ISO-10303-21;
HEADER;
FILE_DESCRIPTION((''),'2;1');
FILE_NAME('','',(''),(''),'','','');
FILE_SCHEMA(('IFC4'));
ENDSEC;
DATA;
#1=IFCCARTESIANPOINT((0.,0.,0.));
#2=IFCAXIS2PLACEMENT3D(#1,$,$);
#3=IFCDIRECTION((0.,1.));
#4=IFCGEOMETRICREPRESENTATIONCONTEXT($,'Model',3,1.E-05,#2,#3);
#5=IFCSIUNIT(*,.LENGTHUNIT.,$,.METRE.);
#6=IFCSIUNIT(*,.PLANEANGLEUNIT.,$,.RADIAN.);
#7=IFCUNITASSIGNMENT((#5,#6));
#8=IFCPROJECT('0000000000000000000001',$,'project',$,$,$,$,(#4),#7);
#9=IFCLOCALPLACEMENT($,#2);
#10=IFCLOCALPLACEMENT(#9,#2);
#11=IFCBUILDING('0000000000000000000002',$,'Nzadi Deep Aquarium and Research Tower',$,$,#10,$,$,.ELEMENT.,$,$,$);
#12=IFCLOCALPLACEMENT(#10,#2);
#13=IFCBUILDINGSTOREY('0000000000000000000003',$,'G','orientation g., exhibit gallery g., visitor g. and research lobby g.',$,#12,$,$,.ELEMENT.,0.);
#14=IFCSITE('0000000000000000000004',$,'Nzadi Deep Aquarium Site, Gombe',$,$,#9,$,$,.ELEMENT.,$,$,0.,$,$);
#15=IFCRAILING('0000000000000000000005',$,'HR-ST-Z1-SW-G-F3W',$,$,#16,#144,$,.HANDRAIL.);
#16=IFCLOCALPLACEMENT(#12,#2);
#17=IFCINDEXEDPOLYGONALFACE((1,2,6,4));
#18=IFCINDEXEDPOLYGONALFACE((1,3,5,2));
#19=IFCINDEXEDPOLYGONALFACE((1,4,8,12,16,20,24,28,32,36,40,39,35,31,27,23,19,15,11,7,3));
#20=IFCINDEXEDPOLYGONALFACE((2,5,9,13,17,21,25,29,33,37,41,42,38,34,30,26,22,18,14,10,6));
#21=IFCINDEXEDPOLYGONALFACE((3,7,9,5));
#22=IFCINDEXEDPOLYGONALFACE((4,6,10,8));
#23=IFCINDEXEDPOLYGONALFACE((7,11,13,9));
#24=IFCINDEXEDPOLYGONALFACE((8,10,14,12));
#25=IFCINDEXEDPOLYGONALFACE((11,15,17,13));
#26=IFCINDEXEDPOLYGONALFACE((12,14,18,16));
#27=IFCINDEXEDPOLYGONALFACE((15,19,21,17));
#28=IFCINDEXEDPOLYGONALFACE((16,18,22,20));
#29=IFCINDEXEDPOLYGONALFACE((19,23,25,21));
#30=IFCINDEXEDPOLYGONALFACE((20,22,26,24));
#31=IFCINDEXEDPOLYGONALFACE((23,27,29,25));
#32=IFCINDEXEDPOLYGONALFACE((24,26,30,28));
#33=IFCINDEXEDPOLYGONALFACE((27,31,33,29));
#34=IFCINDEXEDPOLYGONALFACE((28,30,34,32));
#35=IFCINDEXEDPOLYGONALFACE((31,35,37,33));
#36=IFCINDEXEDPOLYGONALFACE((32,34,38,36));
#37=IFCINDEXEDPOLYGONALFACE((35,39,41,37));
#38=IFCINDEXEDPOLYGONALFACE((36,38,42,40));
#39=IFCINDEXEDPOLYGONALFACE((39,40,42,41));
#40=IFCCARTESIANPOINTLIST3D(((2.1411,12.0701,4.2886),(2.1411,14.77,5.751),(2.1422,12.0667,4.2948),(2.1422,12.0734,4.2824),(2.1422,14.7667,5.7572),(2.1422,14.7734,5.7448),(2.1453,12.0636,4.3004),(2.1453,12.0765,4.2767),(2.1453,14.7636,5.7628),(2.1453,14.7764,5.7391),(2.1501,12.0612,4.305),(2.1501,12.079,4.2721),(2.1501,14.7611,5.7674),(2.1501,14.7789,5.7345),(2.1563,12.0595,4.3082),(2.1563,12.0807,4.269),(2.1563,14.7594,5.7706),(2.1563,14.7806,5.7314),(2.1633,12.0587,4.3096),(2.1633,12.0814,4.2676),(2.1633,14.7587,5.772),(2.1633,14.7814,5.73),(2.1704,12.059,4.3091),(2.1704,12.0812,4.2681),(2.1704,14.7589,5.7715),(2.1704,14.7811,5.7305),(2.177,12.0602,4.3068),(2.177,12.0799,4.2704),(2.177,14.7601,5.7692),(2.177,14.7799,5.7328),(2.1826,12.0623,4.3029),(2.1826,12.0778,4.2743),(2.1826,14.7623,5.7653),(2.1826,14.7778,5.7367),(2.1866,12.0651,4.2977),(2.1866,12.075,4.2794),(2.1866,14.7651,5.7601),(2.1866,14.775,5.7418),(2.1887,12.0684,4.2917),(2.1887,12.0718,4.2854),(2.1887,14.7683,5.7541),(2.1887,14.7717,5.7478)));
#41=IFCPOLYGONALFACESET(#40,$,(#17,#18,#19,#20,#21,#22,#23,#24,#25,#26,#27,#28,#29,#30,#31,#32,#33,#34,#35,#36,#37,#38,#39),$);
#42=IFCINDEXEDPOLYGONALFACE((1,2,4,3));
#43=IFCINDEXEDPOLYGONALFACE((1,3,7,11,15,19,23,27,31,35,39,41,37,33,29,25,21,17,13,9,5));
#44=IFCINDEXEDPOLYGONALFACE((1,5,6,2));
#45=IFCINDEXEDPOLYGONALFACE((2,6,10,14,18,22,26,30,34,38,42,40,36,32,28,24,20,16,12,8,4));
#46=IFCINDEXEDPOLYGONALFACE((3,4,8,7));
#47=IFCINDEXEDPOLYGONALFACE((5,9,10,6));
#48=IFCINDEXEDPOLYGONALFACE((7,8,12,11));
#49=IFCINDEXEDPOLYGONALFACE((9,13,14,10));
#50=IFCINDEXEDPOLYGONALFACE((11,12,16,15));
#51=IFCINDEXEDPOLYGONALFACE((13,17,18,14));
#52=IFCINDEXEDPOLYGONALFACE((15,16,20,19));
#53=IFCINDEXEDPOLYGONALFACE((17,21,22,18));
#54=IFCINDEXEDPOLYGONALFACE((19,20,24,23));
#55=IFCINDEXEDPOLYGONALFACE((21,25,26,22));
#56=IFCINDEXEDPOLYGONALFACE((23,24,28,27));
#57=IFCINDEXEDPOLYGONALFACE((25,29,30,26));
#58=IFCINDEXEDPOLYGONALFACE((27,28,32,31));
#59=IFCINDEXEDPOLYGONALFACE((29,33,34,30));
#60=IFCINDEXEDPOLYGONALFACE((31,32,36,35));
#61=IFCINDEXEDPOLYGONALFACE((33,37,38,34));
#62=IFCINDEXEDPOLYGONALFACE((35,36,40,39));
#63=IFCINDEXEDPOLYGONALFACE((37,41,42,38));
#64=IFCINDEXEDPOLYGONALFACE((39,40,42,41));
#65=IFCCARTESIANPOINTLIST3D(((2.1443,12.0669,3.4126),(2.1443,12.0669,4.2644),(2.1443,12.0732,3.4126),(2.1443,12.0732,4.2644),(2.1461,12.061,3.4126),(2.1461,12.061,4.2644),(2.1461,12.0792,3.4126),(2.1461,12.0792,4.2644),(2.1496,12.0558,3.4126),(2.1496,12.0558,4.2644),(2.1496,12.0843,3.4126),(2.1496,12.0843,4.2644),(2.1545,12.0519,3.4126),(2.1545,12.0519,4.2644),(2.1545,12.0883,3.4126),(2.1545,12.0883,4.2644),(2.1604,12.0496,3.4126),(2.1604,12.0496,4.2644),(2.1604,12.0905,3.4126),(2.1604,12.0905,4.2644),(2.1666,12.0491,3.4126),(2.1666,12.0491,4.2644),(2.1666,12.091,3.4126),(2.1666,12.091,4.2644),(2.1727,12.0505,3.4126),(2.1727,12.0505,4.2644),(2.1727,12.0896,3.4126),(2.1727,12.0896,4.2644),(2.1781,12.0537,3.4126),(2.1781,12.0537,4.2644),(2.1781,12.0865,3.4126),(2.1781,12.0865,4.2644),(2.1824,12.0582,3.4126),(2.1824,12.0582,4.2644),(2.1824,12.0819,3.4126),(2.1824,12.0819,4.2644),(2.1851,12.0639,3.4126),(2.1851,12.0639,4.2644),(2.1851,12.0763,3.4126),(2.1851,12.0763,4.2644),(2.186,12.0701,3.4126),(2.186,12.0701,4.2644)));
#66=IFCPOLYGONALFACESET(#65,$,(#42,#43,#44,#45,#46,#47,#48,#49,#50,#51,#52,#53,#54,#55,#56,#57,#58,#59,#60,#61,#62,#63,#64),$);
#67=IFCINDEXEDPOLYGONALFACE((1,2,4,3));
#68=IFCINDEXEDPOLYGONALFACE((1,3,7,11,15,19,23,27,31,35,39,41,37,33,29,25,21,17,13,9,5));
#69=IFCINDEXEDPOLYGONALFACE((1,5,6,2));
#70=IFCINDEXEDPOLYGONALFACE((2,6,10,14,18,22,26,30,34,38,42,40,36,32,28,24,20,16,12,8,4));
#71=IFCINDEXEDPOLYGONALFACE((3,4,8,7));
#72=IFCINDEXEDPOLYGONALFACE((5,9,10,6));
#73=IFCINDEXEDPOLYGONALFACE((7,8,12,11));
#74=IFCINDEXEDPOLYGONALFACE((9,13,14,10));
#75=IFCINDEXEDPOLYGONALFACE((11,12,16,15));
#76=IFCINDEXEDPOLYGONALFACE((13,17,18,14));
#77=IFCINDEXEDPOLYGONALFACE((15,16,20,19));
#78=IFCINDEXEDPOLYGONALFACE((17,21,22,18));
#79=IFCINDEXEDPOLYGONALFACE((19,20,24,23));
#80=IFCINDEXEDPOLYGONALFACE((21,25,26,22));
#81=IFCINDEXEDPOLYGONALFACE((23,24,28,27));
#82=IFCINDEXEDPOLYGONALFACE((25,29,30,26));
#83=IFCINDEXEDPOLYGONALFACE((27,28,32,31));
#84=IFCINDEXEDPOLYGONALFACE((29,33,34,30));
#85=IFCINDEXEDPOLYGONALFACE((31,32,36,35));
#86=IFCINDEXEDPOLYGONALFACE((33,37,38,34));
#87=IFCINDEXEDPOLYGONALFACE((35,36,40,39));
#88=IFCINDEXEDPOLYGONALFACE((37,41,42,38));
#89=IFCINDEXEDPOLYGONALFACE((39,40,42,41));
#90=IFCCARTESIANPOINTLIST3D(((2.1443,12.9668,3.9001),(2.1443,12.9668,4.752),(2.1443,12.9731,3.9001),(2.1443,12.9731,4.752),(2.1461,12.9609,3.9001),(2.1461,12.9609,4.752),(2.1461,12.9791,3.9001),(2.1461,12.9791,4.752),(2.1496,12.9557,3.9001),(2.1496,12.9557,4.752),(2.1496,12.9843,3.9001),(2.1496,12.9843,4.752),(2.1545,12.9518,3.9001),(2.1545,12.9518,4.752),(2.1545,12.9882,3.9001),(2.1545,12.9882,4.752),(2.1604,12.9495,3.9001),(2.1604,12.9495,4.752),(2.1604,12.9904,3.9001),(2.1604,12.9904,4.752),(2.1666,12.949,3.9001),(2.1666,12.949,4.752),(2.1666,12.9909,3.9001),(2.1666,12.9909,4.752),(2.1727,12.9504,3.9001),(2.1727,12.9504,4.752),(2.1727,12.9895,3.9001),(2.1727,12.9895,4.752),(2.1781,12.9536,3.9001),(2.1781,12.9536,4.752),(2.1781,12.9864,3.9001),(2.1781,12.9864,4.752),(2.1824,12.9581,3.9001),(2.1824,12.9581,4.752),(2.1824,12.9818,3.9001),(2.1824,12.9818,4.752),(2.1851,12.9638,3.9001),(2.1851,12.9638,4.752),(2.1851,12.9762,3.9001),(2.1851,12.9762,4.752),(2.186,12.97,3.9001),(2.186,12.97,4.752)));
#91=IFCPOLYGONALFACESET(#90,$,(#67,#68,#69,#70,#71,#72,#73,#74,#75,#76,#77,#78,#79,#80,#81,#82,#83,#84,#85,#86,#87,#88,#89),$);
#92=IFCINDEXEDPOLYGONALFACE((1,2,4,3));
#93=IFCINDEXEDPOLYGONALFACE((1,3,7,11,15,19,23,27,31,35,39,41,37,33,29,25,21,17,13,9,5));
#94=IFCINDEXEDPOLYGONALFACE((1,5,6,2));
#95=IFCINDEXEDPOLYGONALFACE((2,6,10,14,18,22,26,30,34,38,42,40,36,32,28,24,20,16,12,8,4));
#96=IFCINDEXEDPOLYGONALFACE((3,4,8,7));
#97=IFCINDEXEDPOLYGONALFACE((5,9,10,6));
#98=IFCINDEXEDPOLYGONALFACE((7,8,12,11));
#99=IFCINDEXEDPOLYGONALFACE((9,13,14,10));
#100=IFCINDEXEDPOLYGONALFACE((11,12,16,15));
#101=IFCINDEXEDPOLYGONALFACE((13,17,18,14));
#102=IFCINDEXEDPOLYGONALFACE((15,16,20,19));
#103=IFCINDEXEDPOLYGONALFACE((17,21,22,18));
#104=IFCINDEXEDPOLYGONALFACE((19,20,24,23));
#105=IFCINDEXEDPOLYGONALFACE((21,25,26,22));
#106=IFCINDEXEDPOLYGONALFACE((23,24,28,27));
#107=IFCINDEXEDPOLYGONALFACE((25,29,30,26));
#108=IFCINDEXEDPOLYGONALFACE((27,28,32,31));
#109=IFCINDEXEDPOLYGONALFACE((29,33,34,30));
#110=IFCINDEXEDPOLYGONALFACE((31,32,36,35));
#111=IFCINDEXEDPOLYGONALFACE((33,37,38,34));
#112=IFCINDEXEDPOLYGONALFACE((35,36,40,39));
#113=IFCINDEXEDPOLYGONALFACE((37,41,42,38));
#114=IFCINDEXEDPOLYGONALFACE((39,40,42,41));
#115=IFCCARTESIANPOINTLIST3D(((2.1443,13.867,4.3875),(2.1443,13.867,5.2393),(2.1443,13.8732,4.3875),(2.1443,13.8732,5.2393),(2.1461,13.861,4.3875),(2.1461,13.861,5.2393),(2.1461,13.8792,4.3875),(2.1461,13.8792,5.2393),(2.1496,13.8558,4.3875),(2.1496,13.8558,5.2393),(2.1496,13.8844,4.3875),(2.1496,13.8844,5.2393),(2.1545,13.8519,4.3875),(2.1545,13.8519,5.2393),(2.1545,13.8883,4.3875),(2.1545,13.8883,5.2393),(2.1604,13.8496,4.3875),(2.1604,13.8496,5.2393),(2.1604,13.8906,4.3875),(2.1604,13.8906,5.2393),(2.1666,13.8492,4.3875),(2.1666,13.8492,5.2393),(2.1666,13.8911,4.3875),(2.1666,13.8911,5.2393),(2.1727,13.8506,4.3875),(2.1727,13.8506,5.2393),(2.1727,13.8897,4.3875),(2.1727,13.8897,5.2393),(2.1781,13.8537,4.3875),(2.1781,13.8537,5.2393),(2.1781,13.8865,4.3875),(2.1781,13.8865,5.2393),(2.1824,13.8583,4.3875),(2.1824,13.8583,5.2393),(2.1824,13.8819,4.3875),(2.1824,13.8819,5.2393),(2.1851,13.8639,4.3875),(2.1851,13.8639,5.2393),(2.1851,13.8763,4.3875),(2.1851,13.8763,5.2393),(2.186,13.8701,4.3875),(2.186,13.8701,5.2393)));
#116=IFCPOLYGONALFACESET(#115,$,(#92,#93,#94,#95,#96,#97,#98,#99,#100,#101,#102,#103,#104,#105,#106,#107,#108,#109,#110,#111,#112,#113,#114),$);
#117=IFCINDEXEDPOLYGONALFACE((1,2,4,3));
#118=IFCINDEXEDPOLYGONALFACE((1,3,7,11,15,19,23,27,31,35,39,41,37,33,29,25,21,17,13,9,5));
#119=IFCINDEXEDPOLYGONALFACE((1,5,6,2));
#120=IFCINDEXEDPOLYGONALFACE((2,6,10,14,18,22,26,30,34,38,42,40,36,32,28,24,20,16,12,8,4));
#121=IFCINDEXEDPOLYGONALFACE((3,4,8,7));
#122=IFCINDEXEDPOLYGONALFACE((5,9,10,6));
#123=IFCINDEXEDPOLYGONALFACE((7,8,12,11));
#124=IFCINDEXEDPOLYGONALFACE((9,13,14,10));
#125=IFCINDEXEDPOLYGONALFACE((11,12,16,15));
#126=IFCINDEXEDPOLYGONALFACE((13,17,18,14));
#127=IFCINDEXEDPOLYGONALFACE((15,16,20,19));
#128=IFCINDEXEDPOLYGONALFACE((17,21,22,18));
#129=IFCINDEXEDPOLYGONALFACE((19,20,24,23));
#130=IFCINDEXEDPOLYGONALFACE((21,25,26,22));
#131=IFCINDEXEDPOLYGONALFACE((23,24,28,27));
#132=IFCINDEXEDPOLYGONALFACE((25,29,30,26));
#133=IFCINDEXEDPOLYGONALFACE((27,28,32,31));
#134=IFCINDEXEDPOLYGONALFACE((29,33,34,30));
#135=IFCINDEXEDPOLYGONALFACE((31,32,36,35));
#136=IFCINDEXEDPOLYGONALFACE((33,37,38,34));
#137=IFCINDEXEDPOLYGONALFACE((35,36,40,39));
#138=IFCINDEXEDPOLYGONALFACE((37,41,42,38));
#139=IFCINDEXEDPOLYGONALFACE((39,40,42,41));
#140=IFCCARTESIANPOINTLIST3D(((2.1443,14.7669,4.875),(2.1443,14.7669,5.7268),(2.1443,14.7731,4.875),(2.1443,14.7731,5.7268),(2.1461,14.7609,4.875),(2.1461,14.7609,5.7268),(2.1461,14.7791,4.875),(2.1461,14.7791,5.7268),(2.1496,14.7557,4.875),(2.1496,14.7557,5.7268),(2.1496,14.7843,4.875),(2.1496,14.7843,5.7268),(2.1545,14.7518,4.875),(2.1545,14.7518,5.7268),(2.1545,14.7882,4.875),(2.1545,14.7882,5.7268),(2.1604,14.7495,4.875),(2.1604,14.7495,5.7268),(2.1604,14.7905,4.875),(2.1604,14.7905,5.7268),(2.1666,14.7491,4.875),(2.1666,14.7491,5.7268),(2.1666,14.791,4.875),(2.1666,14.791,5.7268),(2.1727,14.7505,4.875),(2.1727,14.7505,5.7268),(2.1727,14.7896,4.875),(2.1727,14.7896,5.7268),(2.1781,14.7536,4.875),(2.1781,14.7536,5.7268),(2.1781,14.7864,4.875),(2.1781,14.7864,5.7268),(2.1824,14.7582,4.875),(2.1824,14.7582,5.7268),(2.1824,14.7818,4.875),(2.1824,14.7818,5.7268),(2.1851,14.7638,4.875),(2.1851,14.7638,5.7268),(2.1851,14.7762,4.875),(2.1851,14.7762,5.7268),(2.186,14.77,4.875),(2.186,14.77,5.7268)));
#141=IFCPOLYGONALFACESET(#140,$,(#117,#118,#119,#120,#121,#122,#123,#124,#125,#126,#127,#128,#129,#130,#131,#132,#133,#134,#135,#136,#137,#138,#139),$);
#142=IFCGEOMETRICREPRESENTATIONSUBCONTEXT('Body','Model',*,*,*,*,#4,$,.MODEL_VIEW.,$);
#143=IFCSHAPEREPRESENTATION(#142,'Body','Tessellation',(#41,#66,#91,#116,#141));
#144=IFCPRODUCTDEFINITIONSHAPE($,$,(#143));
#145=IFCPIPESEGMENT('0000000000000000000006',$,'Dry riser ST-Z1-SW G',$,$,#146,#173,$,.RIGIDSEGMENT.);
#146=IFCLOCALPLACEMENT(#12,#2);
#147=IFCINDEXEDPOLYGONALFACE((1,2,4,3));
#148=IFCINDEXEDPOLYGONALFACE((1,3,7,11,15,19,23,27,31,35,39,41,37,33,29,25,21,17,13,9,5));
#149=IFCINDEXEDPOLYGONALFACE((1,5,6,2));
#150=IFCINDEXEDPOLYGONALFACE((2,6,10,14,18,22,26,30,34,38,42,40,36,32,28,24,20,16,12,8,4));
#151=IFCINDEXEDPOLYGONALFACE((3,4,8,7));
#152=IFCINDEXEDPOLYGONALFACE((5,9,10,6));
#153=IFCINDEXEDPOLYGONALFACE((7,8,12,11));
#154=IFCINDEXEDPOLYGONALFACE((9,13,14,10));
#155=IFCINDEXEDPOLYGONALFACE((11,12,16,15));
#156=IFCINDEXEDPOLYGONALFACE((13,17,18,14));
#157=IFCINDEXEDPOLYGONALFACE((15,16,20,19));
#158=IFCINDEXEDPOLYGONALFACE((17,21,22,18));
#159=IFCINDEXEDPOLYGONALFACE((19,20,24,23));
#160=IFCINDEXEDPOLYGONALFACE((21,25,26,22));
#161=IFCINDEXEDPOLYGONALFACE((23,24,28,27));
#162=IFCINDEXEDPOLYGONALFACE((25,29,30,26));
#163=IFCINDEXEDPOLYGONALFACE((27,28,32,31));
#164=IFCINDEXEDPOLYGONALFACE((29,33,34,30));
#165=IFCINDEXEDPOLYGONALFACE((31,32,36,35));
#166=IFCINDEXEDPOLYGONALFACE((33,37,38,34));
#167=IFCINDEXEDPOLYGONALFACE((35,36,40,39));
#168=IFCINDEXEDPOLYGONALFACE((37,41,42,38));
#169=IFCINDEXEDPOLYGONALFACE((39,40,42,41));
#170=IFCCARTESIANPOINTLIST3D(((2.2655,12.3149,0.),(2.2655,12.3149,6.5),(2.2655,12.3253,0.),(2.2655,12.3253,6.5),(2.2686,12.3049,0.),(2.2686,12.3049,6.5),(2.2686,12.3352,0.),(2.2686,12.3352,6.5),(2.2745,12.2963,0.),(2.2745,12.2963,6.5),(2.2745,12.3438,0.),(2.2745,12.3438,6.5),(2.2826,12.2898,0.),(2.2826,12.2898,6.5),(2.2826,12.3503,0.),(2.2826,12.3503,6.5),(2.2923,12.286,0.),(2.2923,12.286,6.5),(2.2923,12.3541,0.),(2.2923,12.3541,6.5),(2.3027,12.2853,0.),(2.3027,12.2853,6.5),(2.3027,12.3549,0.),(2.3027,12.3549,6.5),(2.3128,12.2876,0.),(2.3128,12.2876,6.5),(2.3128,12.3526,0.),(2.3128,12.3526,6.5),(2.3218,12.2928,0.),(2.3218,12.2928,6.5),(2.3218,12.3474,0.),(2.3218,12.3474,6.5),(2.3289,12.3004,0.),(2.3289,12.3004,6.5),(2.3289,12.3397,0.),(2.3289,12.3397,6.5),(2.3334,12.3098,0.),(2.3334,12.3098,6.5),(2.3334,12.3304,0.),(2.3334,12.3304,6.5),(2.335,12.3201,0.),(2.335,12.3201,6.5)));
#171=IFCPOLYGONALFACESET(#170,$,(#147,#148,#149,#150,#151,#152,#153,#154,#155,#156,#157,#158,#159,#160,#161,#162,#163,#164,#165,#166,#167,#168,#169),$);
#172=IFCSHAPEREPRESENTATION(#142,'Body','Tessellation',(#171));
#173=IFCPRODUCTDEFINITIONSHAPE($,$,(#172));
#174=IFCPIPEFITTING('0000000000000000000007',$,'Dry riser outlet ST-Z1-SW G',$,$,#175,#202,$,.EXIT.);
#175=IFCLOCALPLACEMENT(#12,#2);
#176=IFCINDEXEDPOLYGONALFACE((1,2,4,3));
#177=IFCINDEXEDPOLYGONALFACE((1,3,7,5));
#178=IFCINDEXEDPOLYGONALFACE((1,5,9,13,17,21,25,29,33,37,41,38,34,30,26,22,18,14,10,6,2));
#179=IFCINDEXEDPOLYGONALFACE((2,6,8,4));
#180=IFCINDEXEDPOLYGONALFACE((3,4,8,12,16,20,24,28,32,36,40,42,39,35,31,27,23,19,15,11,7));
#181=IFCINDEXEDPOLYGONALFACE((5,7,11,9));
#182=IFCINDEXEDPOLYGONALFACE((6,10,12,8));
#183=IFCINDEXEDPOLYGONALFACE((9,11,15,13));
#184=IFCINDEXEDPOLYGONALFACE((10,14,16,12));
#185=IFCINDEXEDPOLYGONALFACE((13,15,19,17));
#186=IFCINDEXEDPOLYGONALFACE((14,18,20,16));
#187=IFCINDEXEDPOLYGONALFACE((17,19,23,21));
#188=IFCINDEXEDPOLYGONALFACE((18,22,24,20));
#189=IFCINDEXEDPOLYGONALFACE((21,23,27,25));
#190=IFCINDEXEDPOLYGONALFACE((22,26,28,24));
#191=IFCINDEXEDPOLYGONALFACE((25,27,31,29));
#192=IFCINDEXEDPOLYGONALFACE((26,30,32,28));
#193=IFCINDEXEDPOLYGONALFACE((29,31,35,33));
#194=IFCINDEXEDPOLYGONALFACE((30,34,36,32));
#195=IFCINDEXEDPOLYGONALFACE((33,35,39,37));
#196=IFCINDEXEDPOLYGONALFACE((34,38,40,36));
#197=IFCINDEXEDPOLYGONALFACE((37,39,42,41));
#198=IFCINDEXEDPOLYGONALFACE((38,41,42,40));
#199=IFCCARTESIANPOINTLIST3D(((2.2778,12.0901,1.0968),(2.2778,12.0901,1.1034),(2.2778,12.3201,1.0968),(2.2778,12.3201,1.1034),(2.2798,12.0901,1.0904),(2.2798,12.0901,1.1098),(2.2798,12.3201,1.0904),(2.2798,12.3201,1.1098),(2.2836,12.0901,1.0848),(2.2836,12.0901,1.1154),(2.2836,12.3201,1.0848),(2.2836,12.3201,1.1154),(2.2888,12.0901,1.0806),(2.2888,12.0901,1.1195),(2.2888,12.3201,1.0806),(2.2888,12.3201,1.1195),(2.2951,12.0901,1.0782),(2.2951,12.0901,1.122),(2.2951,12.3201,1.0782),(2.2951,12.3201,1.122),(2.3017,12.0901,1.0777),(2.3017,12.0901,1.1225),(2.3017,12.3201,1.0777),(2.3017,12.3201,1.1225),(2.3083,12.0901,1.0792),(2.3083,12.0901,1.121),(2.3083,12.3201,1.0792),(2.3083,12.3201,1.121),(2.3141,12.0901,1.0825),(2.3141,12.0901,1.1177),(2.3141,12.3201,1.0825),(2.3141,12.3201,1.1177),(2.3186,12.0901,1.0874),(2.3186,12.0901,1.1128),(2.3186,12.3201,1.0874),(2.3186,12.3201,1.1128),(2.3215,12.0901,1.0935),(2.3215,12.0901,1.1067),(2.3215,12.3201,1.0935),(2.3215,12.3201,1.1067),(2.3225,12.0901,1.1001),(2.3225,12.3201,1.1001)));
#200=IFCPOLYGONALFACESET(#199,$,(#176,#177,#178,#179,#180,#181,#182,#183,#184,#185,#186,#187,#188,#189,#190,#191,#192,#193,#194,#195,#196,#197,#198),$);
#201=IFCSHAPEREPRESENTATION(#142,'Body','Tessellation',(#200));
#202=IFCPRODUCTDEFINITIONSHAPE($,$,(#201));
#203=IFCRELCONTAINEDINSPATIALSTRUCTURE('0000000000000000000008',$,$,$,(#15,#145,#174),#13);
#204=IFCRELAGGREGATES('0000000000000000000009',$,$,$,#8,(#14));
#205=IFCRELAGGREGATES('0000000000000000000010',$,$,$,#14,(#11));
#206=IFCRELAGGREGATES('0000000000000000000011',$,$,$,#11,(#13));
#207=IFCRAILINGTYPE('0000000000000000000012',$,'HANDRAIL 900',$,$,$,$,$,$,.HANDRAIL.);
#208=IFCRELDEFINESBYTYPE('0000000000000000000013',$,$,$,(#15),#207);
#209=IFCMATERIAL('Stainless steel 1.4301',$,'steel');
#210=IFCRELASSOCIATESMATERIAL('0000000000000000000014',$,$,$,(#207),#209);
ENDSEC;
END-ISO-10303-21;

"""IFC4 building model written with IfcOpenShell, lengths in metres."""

from ifc_helpers import new_model, si_unit, direction, frame, origin, origin_2d, place, context, subcontext, project, spatial, circle, extrude, material, type_object, element, save


model = new_model("IFC4")

# Units and contexts
model_context = context("Model", 3, precision=1e-05, world=origin(), true_north=direction((0.0, 1.0)))
body_context = subcontext(model_context, "Body", "Model", "MODEL_VIEW")
ifc_project = project(units=[si_unit("LENGTHUNIT", "METRE"), si_unit("PLANEANGLEUNIT", "RADIAN")], contexts=[model_context])

# Site, building, storey
site_placement = place(None, origin())
site = spatial("IfcSite", under=ifc_project, at=site_placement, Name="Nzadi Deep Aquarium Site, Gombe", CompositionType="ELEMENT", RefElevation=0.0)
building_placement = place(site_placement, origin())
building = spatial("IfcBuilding", under=site, at=building_placement, Name="Nzadi Deep Aquarium and Research Tower", CompositionType="ELEMENT")
storey_placement = place(building_placement, origin())
storey = spatial("IfcBuildingStorey", under=building, at=storey_placement, Name="G", Description="orientation g., exhibit gallery g., visitor g. and research lobby g.", CompositionType="ELEMENT", Elevation=0.0)

# Railing
ifc_material_1 = material(Name="Stainless steel 1.4301", Category="steel")
railing_type = type_object("IfcRailingType", Name="HANDRAIL 900", PredefinedType="HANDRAIL", material=ifc_material_1)
for number, where, name in (
    (1, (2.165, 12.0701, 3.4126), "HR-ST-Z1-SW-G-F3W"),
):
    element("IfcRailing", number, at=place(storey_placement, frame(where)), inside=storey, type_object=railing_type, Name=name, PredefinedType="HANDRAIL", context=body_context, shape_type="SweptSolid", body=[
        extrude(circle(Radius=0.0239, at=origin_2d()), frame((0.0, 0.0, 0.876), z_axis=(0.0, 0.879302, 0.476265), x_axis=(-1.0, 0.0, 0.0)), (0.0, 0.0, 1.0), 3.0706),
        extrude(circle(Radius=0.021, at=origin_2d()), origin(), (0.0, 0.0, 1.0), 0.8518),
        extrude(circle(Radius=0.021, at=origin_2d()), frame((0.0, 0.8999, 0.4875)), (0.0, 0.0, 1.0), 0.8518),
        extrude(circle(Radius=0.021, at=origin_2d()), frame((0.0, 1.8, 0.9749)), (0.0, 0.0, 1.0), 0.8518),
        extrude(circle(Radius=0.021, at=origin_2d()), frame((0.0, 2.7, 1.4624)), (0.0, 0.0, 1.0), 0.8518),
    ])

# Pipe segment
pipe_segment_placement = place(storey_placement, frame((2.3, 12.3201, 0.0), z_axis=(0.0, 0.0, 1.0), x_axis=(1.0, 0.0, 0.0)))
element("IfcPipeSegment", 2, at=pipe_segment_placement, inside=storey, Name="Dry riser ST-Z1-SW G", PredefinedType="RIGIDSEGMENT", context=body_context, shape_type="SweptSolid", body=[
    extrude(circle(Radius=0.0349, at=origin_2d()), origin(), (0.0, 0.0, 1.0), 6.5),
])

# Pipe fitting
pipe_fitting_placement = place(storey_placement, frame((2.3, 12.3201, 1.1001), z_axis=(0.0, -1.0, 0.0), x_axis=(1.0, 0.0, 0.0)))
element("IfcPipeFitting", 3, at=pipe_fitting_placement, inside=storey, Name="Dry riser outlet ST-Z1-SW G", PredefinedType="EXIT", context=body_context, shape_type="SweptSolid", body=[
    extrude(circle(Radius=0.0225, at=origin_2d()), origin(), (0.0, 0.0, 1.0), 0.23),
])

save(model, "model.ifc")
